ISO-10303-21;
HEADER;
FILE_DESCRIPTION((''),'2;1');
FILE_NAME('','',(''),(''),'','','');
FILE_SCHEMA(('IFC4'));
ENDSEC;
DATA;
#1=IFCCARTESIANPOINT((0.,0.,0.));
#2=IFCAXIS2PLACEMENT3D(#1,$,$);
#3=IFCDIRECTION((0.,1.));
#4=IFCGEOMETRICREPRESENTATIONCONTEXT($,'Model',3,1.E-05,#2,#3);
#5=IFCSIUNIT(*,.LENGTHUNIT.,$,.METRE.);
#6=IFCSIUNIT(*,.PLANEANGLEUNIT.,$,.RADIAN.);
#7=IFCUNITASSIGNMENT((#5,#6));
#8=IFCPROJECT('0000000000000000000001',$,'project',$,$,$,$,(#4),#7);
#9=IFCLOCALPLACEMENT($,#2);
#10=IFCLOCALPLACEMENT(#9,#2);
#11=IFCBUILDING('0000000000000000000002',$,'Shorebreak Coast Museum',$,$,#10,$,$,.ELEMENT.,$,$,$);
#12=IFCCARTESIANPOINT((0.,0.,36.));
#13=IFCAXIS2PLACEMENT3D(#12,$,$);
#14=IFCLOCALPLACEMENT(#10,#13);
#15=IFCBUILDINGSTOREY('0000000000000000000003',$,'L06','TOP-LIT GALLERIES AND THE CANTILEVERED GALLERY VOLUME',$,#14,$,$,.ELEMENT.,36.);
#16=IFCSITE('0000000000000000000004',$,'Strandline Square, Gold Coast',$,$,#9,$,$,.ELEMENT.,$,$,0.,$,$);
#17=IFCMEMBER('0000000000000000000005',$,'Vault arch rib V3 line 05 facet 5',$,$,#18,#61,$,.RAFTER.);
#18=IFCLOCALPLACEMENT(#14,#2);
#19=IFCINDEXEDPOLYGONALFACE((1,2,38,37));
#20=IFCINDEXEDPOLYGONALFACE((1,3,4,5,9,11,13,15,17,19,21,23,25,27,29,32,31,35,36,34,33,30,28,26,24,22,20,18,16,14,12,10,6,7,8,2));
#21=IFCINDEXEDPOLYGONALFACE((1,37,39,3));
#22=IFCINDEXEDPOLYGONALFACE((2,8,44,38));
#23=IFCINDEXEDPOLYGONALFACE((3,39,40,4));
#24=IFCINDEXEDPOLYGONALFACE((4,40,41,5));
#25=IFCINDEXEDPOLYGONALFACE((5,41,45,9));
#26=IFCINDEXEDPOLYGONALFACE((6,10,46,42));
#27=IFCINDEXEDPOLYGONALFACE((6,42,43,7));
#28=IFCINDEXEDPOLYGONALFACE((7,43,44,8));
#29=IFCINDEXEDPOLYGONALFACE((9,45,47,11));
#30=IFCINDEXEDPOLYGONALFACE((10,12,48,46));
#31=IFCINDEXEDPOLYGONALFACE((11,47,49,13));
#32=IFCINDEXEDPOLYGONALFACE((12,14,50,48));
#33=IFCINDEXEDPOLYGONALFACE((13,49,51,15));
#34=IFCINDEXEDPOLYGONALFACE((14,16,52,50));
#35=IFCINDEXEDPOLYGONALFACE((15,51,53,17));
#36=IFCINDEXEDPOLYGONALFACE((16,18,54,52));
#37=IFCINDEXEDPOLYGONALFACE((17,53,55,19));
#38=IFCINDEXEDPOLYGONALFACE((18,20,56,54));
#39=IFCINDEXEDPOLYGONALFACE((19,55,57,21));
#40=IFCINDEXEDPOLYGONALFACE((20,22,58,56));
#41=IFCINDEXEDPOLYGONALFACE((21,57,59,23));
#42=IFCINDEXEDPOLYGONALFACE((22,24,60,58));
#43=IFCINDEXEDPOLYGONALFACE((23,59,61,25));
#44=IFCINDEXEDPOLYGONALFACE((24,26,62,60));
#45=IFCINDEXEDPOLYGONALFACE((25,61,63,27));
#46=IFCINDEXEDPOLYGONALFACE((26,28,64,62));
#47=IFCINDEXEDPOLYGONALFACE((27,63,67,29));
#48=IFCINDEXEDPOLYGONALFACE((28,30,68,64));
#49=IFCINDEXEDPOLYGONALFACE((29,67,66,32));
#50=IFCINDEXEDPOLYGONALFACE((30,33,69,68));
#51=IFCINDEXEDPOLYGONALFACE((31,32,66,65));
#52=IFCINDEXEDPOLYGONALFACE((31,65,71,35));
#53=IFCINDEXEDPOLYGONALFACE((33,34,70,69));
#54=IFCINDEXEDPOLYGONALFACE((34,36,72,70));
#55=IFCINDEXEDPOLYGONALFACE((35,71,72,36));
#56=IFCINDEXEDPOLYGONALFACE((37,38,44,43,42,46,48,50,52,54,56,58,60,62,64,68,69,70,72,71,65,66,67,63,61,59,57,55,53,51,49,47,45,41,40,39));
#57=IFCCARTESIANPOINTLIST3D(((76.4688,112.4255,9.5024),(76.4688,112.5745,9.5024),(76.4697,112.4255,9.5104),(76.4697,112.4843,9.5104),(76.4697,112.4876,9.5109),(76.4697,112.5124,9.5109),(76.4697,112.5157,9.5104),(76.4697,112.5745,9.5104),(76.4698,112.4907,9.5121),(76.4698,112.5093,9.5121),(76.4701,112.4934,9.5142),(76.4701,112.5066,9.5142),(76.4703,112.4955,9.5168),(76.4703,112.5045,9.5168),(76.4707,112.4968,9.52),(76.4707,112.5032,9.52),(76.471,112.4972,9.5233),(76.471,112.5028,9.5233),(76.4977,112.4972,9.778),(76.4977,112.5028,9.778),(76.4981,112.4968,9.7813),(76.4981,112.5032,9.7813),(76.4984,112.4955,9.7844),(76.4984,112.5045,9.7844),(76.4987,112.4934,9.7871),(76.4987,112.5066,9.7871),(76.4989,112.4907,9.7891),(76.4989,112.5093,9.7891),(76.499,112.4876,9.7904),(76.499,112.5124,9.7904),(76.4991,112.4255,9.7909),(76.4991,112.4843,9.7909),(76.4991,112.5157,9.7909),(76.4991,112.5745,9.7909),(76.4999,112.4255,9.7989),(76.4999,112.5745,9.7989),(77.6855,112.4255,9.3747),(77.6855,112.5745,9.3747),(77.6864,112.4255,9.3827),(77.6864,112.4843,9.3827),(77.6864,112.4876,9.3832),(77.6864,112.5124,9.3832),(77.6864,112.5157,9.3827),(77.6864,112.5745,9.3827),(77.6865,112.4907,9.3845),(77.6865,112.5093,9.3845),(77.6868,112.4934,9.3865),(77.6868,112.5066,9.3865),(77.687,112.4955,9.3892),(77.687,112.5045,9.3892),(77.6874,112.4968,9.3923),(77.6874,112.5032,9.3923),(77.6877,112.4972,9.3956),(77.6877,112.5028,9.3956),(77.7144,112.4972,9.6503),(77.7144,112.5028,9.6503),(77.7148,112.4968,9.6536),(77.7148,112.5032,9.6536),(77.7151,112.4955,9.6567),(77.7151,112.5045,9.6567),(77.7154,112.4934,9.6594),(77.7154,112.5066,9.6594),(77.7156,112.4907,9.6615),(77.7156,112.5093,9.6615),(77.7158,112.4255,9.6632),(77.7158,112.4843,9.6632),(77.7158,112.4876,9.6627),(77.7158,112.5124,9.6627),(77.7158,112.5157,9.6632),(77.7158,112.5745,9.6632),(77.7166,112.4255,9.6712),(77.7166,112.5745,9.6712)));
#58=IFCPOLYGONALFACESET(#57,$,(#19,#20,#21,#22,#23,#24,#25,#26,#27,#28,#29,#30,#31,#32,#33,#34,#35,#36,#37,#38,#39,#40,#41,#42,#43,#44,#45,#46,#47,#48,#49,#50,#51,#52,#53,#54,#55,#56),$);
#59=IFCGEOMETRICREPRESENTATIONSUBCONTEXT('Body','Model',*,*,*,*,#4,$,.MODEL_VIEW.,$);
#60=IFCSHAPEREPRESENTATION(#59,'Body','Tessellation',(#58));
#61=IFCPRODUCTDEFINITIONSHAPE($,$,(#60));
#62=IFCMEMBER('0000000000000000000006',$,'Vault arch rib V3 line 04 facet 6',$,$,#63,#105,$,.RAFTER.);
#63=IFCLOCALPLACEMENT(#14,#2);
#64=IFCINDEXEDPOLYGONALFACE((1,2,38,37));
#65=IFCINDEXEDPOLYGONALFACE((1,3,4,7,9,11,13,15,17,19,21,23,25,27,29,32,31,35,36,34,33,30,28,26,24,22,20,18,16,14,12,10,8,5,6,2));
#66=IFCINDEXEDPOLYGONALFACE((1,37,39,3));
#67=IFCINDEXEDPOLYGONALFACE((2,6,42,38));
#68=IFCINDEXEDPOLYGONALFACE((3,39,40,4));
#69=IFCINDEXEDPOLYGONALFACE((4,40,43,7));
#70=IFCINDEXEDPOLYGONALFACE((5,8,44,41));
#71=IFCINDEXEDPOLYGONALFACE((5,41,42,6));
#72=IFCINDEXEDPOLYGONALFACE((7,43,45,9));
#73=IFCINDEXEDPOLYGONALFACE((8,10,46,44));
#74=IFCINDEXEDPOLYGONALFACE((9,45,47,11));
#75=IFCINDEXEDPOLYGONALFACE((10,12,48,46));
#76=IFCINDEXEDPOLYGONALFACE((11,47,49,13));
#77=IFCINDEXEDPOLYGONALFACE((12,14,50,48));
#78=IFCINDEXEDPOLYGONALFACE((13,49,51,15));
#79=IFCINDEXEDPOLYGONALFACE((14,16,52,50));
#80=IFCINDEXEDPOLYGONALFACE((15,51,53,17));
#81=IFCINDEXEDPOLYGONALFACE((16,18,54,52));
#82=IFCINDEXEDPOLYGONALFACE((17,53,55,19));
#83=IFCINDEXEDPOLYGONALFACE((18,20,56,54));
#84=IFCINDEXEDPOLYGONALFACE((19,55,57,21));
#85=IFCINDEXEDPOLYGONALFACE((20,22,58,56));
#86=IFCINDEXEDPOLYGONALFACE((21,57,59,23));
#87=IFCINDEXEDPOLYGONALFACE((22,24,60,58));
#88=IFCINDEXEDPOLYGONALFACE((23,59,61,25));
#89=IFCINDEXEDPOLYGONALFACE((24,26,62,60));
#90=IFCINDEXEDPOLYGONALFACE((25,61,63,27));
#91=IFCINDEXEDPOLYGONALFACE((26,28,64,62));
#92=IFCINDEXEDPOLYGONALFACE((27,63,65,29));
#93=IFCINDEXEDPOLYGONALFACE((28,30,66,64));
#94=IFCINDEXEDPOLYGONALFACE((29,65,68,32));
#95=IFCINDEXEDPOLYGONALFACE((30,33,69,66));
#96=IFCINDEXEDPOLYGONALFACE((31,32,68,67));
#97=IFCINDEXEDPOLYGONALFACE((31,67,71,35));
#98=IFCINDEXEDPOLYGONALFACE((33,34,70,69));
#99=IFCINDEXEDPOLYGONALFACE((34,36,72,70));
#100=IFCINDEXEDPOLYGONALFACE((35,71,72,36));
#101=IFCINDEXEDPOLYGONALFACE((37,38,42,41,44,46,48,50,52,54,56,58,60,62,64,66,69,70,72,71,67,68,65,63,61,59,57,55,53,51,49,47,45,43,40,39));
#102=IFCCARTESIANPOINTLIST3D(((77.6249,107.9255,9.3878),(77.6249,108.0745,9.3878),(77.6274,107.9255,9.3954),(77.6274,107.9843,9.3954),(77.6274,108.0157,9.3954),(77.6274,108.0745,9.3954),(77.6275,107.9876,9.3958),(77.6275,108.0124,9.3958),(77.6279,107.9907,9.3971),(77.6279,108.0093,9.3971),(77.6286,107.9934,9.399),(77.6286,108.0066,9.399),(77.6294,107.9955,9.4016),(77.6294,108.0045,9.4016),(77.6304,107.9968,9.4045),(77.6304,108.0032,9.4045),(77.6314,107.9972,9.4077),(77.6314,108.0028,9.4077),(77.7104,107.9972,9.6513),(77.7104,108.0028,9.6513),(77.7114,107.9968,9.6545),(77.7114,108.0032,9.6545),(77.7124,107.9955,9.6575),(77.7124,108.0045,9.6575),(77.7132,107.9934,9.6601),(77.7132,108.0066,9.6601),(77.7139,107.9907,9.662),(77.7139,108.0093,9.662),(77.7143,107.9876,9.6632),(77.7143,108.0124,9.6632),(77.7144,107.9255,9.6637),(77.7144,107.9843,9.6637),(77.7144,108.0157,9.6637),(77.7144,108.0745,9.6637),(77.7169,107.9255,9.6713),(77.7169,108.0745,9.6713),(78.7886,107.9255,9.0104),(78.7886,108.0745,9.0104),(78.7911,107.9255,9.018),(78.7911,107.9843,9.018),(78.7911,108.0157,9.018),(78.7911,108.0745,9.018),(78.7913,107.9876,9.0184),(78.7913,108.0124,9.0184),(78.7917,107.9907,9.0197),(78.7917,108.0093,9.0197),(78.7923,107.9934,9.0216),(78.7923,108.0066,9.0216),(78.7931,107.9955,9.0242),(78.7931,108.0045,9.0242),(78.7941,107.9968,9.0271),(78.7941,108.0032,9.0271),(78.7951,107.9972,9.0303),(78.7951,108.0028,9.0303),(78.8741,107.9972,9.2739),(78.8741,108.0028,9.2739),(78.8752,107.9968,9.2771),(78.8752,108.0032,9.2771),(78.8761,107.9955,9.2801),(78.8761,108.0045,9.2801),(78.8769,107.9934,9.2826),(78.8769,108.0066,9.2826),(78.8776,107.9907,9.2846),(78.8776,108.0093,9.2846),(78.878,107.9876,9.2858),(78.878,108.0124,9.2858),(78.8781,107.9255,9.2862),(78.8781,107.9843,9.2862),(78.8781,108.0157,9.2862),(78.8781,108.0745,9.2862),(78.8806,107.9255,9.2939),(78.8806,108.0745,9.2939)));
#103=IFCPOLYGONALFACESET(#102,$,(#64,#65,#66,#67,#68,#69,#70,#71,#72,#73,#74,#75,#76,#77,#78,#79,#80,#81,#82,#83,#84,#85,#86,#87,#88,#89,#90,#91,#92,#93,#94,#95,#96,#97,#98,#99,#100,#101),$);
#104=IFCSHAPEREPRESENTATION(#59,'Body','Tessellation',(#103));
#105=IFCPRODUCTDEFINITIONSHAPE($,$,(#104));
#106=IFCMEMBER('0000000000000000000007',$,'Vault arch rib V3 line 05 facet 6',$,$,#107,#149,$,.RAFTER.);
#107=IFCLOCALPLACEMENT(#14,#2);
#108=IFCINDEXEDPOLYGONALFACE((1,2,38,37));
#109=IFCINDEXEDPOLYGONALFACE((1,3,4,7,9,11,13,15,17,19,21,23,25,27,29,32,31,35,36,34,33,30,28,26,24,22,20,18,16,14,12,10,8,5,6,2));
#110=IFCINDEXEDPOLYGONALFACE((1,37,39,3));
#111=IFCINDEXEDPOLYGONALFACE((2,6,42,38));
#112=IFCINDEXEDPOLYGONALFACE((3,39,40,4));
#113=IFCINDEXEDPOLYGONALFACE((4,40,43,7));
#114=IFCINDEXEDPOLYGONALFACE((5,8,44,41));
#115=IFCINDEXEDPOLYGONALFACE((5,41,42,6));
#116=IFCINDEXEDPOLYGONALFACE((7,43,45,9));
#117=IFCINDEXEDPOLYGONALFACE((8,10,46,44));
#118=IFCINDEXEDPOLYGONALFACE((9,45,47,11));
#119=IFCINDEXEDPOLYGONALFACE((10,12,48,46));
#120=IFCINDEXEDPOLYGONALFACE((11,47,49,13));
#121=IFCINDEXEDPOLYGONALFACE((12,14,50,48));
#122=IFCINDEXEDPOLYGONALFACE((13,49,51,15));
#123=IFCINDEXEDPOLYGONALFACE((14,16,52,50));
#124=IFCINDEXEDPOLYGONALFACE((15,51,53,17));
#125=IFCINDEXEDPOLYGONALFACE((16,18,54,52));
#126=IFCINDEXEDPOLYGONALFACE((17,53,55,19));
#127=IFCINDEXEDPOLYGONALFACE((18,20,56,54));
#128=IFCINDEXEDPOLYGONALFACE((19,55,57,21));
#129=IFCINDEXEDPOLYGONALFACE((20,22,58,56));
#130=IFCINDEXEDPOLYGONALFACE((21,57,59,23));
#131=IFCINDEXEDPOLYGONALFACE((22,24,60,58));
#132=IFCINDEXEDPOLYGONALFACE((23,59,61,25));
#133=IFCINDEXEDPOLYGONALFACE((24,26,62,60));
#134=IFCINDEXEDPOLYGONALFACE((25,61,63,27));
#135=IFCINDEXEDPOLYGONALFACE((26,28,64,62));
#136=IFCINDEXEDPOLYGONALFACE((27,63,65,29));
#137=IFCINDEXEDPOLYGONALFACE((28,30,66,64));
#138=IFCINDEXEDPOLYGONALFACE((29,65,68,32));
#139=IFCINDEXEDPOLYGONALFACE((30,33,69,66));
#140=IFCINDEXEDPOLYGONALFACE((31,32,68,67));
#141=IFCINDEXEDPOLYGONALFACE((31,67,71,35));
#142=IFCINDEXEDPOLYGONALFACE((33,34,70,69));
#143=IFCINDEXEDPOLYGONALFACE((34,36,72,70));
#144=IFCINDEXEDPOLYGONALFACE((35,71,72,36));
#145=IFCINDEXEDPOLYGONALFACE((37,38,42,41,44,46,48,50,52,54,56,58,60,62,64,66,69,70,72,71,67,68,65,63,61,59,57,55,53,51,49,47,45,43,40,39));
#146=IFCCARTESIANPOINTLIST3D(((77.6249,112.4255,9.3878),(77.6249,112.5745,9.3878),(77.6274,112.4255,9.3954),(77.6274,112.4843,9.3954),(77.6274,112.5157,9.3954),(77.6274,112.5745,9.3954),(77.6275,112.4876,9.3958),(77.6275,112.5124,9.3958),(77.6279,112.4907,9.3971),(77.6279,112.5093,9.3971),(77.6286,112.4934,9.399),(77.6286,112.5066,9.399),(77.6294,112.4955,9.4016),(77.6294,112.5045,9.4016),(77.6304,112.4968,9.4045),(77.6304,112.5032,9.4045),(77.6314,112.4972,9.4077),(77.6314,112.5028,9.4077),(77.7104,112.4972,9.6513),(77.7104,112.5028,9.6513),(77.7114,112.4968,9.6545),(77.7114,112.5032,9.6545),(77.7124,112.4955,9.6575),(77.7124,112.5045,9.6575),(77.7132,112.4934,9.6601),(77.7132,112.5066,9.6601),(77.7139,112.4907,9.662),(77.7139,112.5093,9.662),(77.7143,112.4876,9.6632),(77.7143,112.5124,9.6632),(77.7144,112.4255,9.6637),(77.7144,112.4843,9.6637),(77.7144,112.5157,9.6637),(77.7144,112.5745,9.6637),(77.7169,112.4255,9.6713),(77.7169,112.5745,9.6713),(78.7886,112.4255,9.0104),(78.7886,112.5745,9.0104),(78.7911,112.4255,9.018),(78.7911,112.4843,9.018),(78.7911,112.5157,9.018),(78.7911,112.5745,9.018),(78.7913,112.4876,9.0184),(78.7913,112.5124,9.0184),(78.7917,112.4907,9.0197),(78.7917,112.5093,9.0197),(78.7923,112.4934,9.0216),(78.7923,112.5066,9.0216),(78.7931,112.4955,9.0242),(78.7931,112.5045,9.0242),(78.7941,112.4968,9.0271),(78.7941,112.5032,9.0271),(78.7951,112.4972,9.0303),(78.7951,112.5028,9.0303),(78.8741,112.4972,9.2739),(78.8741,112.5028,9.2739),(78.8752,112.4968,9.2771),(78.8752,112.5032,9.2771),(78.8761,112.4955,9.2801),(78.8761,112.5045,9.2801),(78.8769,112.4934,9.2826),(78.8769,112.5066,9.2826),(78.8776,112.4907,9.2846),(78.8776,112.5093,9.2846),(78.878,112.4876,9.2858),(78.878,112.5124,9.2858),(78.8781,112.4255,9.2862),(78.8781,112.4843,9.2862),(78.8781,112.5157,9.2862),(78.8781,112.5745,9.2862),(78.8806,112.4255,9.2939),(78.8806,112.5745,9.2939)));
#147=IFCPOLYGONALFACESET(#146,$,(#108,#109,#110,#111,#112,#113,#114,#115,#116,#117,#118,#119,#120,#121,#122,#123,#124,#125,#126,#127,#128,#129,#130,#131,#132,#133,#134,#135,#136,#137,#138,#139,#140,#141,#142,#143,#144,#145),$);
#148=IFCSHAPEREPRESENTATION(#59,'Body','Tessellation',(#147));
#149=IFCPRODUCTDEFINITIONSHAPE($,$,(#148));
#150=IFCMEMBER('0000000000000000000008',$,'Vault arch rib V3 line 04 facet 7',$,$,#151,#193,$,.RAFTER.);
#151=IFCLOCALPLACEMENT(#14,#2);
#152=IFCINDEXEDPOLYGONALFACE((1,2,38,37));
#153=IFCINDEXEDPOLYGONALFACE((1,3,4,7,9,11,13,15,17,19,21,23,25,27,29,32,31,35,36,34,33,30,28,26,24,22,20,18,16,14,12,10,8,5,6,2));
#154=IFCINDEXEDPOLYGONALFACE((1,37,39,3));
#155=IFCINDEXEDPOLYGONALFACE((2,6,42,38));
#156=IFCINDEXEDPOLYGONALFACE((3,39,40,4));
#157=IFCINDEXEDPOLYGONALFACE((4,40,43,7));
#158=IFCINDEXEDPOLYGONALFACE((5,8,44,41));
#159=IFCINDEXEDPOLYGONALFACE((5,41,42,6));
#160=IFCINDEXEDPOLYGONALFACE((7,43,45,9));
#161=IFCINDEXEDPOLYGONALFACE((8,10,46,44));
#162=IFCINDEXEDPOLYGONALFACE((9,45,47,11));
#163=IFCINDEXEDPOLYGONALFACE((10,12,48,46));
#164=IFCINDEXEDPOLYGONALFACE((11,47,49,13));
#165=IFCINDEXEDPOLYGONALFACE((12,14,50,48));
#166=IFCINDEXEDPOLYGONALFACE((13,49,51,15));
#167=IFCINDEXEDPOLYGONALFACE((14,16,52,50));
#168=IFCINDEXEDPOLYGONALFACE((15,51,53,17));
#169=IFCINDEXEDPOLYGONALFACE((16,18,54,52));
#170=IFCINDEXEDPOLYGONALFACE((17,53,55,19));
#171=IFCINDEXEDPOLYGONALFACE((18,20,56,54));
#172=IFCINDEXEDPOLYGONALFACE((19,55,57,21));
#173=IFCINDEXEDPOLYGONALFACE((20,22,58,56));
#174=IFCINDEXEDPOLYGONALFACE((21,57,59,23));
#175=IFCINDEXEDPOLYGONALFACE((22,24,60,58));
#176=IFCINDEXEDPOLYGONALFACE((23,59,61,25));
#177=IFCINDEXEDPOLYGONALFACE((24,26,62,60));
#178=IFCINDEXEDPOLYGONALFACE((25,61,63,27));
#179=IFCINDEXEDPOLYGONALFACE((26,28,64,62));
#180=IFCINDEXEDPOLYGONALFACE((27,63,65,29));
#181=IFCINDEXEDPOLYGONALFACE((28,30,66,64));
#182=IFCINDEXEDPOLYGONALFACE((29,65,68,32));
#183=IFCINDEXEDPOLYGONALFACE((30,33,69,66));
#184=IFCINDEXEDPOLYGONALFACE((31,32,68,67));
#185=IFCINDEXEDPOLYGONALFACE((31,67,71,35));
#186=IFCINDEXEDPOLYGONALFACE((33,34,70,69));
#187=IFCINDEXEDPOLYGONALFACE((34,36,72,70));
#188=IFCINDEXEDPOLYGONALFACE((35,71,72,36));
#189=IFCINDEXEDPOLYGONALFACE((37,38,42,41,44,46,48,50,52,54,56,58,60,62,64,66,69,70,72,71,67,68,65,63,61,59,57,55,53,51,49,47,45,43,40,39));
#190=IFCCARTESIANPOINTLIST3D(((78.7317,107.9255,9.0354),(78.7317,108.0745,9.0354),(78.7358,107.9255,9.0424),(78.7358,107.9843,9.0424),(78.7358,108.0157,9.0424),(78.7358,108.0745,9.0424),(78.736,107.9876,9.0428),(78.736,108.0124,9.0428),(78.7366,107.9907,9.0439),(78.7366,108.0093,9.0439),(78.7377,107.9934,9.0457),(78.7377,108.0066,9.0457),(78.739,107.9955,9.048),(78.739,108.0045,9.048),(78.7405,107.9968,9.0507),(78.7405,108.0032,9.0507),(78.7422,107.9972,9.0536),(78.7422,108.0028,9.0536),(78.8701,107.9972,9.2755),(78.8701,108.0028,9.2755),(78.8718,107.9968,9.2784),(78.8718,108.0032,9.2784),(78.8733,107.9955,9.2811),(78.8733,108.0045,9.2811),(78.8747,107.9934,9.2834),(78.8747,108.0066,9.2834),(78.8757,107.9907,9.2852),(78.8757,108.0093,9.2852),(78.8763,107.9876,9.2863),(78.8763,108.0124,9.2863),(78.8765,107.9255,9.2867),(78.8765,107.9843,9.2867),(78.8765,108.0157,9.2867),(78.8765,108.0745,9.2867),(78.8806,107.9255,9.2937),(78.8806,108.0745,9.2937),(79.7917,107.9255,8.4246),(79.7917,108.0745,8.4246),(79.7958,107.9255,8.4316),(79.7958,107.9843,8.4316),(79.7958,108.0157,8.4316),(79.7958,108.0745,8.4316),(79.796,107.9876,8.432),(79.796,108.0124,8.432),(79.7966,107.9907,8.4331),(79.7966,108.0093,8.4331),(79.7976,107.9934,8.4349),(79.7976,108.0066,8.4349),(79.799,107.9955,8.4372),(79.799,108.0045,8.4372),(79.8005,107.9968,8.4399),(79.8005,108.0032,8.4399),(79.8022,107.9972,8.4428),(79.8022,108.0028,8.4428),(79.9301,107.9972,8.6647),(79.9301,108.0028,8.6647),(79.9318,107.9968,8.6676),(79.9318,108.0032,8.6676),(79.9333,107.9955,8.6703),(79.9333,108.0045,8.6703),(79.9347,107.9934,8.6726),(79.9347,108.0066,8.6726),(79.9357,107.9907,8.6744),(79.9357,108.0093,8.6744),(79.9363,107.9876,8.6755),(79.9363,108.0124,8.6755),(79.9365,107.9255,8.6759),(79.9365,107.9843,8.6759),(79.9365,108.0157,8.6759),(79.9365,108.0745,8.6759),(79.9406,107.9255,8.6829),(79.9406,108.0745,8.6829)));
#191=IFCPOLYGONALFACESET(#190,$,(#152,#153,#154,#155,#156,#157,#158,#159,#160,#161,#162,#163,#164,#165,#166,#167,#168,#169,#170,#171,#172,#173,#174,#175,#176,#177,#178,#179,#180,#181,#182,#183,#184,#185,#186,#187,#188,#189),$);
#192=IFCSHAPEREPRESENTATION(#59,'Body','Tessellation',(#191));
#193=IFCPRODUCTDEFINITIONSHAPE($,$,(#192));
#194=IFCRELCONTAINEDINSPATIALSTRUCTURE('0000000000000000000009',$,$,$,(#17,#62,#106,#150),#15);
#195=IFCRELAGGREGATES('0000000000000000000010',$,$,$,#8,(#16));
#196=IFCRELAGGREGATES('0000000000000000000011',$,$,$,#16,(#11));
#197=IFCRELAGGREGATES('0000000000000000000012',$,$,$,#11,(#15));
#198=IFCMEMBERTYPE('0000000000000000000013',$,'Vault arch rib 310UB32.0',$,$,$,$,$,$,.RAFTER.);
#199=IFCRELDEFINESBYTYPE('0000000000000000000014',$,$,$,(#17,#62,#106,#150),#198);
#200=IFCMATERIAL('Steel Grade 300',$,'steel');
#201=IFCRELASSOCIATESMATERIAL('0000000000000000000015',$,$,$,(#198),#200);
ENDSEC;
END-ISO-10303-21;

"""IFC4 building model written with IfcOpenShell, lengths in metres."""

from ifc_helpers import new_model, si_unit, direction, frame, origin, origin_2d, place, context, subcontext, project, spatial, i_section, extrude, material, material_profile, profile_set, type_object, element, save


model = new_model("IFC4")

# Units and contexts
model_context = context("Model", 3, precision=1e-05, world=origin(), true_north=direction((0.0, 1.0)))
body_context = subcontext(model_context, "Body", "Model", "MODEL_VIEW")
ifc_project = project(units=[si_unit("LENGTHUNIT", "METRE"), si_unit("PLANEANGLEUNIT", "RADIAN")], contexts=[model_context])

# Site, building, storey
site_placement = place(None, origin())
site = spatial("IfcSite", under=ifc_project, at=site_placement, Name="Strandline Square, Gold Coast", CompositionType="ELEMENT", RefElevation=0.0)
building_placement = place(site_placement, origin())
building = spatial("IfcBuilding", under=site, at=building_placement, Name="Shorebreak Coast Museum", CompositionType="ELEMENT")
storey_placement = place(building_placement, frame((0.0, 0.0, 36.0)))
storey = spatial("IfcBuildingStorey", under=building, at=storey_placement, Name="L06", Description="TOP-LIT GALLERIES AND THE CANTILEVERED GALLERY VOLUME", CompositionType="ELEMENT", Elevation=36.0)

# Members
ifc_material_1 = material(Name="Steel Grade 300", Category="steel")
ifc_material_profile_1 = material_profile(ifc_material_1, i_section(OverallWidth=0.1489, OverallDepth=0.2981, WebThickness=0.0056, FlangeThickness=0.0081, FilletRadius=0.0129, at=origin_2d()), Name="310UB32.0")
ifc_profile_set_1 = profile_set([ifc_material_profile_1], Name="Steel Grade 300")
member_type_1 = type_object("IfcMemberType", Name="Vault arch rib 310UB32.0", PredefinedType="RAFTER", material=ifc_profile_set_1)
for number, where, z_axis, x_axis, name in (
    (1, (76.4844, 112.5, 9.6506), (0.994539, 0.0, -0.104363), (0.0, 1.0, 0.0), "Vault arch rib V3 line 05 facet 5"),
    (2, (77.6709, 108.0, 9.5295), (0.951226, 0.0, -0.308495), (0.0, 1.0, 0.0), "Vault arch rib V3 line 04 facet 6"),
    (3, (77.6709, 112.5, 9.5295), (0.951226, 0.0, -0.308495), (0.0, 1.0, 0.0), "Vault arch rib V3 line 05 facet 6"),
    (4, (78.8062, 108.0, 9.1646), (0.866445, 0.0, -0.499273), (0.0, 1.0, 0.0), "Vault arch rib V3 line 04 facet 7"),
):
    element("IfcMember", number, at=place(storey_placement, frame(where, z_axis=z_axis, x_axis=x_axis)), inside=storey, type_object=member_type_1, Name=name, PredefinedType="RAFTER", context=body_context, shape_type="SweptSolid", body=[
        extrude(i_section(OverallWidth=0.1489, OverallDepth=0.2981, WebThickness=0.0056, FlangeThickness=0.0081, FilletRadius=0.0129, at=origin_2d()), origin(), (0.0, 0.0, 1.0), 1.2234),
    ])

save(model, "model.ifc")
